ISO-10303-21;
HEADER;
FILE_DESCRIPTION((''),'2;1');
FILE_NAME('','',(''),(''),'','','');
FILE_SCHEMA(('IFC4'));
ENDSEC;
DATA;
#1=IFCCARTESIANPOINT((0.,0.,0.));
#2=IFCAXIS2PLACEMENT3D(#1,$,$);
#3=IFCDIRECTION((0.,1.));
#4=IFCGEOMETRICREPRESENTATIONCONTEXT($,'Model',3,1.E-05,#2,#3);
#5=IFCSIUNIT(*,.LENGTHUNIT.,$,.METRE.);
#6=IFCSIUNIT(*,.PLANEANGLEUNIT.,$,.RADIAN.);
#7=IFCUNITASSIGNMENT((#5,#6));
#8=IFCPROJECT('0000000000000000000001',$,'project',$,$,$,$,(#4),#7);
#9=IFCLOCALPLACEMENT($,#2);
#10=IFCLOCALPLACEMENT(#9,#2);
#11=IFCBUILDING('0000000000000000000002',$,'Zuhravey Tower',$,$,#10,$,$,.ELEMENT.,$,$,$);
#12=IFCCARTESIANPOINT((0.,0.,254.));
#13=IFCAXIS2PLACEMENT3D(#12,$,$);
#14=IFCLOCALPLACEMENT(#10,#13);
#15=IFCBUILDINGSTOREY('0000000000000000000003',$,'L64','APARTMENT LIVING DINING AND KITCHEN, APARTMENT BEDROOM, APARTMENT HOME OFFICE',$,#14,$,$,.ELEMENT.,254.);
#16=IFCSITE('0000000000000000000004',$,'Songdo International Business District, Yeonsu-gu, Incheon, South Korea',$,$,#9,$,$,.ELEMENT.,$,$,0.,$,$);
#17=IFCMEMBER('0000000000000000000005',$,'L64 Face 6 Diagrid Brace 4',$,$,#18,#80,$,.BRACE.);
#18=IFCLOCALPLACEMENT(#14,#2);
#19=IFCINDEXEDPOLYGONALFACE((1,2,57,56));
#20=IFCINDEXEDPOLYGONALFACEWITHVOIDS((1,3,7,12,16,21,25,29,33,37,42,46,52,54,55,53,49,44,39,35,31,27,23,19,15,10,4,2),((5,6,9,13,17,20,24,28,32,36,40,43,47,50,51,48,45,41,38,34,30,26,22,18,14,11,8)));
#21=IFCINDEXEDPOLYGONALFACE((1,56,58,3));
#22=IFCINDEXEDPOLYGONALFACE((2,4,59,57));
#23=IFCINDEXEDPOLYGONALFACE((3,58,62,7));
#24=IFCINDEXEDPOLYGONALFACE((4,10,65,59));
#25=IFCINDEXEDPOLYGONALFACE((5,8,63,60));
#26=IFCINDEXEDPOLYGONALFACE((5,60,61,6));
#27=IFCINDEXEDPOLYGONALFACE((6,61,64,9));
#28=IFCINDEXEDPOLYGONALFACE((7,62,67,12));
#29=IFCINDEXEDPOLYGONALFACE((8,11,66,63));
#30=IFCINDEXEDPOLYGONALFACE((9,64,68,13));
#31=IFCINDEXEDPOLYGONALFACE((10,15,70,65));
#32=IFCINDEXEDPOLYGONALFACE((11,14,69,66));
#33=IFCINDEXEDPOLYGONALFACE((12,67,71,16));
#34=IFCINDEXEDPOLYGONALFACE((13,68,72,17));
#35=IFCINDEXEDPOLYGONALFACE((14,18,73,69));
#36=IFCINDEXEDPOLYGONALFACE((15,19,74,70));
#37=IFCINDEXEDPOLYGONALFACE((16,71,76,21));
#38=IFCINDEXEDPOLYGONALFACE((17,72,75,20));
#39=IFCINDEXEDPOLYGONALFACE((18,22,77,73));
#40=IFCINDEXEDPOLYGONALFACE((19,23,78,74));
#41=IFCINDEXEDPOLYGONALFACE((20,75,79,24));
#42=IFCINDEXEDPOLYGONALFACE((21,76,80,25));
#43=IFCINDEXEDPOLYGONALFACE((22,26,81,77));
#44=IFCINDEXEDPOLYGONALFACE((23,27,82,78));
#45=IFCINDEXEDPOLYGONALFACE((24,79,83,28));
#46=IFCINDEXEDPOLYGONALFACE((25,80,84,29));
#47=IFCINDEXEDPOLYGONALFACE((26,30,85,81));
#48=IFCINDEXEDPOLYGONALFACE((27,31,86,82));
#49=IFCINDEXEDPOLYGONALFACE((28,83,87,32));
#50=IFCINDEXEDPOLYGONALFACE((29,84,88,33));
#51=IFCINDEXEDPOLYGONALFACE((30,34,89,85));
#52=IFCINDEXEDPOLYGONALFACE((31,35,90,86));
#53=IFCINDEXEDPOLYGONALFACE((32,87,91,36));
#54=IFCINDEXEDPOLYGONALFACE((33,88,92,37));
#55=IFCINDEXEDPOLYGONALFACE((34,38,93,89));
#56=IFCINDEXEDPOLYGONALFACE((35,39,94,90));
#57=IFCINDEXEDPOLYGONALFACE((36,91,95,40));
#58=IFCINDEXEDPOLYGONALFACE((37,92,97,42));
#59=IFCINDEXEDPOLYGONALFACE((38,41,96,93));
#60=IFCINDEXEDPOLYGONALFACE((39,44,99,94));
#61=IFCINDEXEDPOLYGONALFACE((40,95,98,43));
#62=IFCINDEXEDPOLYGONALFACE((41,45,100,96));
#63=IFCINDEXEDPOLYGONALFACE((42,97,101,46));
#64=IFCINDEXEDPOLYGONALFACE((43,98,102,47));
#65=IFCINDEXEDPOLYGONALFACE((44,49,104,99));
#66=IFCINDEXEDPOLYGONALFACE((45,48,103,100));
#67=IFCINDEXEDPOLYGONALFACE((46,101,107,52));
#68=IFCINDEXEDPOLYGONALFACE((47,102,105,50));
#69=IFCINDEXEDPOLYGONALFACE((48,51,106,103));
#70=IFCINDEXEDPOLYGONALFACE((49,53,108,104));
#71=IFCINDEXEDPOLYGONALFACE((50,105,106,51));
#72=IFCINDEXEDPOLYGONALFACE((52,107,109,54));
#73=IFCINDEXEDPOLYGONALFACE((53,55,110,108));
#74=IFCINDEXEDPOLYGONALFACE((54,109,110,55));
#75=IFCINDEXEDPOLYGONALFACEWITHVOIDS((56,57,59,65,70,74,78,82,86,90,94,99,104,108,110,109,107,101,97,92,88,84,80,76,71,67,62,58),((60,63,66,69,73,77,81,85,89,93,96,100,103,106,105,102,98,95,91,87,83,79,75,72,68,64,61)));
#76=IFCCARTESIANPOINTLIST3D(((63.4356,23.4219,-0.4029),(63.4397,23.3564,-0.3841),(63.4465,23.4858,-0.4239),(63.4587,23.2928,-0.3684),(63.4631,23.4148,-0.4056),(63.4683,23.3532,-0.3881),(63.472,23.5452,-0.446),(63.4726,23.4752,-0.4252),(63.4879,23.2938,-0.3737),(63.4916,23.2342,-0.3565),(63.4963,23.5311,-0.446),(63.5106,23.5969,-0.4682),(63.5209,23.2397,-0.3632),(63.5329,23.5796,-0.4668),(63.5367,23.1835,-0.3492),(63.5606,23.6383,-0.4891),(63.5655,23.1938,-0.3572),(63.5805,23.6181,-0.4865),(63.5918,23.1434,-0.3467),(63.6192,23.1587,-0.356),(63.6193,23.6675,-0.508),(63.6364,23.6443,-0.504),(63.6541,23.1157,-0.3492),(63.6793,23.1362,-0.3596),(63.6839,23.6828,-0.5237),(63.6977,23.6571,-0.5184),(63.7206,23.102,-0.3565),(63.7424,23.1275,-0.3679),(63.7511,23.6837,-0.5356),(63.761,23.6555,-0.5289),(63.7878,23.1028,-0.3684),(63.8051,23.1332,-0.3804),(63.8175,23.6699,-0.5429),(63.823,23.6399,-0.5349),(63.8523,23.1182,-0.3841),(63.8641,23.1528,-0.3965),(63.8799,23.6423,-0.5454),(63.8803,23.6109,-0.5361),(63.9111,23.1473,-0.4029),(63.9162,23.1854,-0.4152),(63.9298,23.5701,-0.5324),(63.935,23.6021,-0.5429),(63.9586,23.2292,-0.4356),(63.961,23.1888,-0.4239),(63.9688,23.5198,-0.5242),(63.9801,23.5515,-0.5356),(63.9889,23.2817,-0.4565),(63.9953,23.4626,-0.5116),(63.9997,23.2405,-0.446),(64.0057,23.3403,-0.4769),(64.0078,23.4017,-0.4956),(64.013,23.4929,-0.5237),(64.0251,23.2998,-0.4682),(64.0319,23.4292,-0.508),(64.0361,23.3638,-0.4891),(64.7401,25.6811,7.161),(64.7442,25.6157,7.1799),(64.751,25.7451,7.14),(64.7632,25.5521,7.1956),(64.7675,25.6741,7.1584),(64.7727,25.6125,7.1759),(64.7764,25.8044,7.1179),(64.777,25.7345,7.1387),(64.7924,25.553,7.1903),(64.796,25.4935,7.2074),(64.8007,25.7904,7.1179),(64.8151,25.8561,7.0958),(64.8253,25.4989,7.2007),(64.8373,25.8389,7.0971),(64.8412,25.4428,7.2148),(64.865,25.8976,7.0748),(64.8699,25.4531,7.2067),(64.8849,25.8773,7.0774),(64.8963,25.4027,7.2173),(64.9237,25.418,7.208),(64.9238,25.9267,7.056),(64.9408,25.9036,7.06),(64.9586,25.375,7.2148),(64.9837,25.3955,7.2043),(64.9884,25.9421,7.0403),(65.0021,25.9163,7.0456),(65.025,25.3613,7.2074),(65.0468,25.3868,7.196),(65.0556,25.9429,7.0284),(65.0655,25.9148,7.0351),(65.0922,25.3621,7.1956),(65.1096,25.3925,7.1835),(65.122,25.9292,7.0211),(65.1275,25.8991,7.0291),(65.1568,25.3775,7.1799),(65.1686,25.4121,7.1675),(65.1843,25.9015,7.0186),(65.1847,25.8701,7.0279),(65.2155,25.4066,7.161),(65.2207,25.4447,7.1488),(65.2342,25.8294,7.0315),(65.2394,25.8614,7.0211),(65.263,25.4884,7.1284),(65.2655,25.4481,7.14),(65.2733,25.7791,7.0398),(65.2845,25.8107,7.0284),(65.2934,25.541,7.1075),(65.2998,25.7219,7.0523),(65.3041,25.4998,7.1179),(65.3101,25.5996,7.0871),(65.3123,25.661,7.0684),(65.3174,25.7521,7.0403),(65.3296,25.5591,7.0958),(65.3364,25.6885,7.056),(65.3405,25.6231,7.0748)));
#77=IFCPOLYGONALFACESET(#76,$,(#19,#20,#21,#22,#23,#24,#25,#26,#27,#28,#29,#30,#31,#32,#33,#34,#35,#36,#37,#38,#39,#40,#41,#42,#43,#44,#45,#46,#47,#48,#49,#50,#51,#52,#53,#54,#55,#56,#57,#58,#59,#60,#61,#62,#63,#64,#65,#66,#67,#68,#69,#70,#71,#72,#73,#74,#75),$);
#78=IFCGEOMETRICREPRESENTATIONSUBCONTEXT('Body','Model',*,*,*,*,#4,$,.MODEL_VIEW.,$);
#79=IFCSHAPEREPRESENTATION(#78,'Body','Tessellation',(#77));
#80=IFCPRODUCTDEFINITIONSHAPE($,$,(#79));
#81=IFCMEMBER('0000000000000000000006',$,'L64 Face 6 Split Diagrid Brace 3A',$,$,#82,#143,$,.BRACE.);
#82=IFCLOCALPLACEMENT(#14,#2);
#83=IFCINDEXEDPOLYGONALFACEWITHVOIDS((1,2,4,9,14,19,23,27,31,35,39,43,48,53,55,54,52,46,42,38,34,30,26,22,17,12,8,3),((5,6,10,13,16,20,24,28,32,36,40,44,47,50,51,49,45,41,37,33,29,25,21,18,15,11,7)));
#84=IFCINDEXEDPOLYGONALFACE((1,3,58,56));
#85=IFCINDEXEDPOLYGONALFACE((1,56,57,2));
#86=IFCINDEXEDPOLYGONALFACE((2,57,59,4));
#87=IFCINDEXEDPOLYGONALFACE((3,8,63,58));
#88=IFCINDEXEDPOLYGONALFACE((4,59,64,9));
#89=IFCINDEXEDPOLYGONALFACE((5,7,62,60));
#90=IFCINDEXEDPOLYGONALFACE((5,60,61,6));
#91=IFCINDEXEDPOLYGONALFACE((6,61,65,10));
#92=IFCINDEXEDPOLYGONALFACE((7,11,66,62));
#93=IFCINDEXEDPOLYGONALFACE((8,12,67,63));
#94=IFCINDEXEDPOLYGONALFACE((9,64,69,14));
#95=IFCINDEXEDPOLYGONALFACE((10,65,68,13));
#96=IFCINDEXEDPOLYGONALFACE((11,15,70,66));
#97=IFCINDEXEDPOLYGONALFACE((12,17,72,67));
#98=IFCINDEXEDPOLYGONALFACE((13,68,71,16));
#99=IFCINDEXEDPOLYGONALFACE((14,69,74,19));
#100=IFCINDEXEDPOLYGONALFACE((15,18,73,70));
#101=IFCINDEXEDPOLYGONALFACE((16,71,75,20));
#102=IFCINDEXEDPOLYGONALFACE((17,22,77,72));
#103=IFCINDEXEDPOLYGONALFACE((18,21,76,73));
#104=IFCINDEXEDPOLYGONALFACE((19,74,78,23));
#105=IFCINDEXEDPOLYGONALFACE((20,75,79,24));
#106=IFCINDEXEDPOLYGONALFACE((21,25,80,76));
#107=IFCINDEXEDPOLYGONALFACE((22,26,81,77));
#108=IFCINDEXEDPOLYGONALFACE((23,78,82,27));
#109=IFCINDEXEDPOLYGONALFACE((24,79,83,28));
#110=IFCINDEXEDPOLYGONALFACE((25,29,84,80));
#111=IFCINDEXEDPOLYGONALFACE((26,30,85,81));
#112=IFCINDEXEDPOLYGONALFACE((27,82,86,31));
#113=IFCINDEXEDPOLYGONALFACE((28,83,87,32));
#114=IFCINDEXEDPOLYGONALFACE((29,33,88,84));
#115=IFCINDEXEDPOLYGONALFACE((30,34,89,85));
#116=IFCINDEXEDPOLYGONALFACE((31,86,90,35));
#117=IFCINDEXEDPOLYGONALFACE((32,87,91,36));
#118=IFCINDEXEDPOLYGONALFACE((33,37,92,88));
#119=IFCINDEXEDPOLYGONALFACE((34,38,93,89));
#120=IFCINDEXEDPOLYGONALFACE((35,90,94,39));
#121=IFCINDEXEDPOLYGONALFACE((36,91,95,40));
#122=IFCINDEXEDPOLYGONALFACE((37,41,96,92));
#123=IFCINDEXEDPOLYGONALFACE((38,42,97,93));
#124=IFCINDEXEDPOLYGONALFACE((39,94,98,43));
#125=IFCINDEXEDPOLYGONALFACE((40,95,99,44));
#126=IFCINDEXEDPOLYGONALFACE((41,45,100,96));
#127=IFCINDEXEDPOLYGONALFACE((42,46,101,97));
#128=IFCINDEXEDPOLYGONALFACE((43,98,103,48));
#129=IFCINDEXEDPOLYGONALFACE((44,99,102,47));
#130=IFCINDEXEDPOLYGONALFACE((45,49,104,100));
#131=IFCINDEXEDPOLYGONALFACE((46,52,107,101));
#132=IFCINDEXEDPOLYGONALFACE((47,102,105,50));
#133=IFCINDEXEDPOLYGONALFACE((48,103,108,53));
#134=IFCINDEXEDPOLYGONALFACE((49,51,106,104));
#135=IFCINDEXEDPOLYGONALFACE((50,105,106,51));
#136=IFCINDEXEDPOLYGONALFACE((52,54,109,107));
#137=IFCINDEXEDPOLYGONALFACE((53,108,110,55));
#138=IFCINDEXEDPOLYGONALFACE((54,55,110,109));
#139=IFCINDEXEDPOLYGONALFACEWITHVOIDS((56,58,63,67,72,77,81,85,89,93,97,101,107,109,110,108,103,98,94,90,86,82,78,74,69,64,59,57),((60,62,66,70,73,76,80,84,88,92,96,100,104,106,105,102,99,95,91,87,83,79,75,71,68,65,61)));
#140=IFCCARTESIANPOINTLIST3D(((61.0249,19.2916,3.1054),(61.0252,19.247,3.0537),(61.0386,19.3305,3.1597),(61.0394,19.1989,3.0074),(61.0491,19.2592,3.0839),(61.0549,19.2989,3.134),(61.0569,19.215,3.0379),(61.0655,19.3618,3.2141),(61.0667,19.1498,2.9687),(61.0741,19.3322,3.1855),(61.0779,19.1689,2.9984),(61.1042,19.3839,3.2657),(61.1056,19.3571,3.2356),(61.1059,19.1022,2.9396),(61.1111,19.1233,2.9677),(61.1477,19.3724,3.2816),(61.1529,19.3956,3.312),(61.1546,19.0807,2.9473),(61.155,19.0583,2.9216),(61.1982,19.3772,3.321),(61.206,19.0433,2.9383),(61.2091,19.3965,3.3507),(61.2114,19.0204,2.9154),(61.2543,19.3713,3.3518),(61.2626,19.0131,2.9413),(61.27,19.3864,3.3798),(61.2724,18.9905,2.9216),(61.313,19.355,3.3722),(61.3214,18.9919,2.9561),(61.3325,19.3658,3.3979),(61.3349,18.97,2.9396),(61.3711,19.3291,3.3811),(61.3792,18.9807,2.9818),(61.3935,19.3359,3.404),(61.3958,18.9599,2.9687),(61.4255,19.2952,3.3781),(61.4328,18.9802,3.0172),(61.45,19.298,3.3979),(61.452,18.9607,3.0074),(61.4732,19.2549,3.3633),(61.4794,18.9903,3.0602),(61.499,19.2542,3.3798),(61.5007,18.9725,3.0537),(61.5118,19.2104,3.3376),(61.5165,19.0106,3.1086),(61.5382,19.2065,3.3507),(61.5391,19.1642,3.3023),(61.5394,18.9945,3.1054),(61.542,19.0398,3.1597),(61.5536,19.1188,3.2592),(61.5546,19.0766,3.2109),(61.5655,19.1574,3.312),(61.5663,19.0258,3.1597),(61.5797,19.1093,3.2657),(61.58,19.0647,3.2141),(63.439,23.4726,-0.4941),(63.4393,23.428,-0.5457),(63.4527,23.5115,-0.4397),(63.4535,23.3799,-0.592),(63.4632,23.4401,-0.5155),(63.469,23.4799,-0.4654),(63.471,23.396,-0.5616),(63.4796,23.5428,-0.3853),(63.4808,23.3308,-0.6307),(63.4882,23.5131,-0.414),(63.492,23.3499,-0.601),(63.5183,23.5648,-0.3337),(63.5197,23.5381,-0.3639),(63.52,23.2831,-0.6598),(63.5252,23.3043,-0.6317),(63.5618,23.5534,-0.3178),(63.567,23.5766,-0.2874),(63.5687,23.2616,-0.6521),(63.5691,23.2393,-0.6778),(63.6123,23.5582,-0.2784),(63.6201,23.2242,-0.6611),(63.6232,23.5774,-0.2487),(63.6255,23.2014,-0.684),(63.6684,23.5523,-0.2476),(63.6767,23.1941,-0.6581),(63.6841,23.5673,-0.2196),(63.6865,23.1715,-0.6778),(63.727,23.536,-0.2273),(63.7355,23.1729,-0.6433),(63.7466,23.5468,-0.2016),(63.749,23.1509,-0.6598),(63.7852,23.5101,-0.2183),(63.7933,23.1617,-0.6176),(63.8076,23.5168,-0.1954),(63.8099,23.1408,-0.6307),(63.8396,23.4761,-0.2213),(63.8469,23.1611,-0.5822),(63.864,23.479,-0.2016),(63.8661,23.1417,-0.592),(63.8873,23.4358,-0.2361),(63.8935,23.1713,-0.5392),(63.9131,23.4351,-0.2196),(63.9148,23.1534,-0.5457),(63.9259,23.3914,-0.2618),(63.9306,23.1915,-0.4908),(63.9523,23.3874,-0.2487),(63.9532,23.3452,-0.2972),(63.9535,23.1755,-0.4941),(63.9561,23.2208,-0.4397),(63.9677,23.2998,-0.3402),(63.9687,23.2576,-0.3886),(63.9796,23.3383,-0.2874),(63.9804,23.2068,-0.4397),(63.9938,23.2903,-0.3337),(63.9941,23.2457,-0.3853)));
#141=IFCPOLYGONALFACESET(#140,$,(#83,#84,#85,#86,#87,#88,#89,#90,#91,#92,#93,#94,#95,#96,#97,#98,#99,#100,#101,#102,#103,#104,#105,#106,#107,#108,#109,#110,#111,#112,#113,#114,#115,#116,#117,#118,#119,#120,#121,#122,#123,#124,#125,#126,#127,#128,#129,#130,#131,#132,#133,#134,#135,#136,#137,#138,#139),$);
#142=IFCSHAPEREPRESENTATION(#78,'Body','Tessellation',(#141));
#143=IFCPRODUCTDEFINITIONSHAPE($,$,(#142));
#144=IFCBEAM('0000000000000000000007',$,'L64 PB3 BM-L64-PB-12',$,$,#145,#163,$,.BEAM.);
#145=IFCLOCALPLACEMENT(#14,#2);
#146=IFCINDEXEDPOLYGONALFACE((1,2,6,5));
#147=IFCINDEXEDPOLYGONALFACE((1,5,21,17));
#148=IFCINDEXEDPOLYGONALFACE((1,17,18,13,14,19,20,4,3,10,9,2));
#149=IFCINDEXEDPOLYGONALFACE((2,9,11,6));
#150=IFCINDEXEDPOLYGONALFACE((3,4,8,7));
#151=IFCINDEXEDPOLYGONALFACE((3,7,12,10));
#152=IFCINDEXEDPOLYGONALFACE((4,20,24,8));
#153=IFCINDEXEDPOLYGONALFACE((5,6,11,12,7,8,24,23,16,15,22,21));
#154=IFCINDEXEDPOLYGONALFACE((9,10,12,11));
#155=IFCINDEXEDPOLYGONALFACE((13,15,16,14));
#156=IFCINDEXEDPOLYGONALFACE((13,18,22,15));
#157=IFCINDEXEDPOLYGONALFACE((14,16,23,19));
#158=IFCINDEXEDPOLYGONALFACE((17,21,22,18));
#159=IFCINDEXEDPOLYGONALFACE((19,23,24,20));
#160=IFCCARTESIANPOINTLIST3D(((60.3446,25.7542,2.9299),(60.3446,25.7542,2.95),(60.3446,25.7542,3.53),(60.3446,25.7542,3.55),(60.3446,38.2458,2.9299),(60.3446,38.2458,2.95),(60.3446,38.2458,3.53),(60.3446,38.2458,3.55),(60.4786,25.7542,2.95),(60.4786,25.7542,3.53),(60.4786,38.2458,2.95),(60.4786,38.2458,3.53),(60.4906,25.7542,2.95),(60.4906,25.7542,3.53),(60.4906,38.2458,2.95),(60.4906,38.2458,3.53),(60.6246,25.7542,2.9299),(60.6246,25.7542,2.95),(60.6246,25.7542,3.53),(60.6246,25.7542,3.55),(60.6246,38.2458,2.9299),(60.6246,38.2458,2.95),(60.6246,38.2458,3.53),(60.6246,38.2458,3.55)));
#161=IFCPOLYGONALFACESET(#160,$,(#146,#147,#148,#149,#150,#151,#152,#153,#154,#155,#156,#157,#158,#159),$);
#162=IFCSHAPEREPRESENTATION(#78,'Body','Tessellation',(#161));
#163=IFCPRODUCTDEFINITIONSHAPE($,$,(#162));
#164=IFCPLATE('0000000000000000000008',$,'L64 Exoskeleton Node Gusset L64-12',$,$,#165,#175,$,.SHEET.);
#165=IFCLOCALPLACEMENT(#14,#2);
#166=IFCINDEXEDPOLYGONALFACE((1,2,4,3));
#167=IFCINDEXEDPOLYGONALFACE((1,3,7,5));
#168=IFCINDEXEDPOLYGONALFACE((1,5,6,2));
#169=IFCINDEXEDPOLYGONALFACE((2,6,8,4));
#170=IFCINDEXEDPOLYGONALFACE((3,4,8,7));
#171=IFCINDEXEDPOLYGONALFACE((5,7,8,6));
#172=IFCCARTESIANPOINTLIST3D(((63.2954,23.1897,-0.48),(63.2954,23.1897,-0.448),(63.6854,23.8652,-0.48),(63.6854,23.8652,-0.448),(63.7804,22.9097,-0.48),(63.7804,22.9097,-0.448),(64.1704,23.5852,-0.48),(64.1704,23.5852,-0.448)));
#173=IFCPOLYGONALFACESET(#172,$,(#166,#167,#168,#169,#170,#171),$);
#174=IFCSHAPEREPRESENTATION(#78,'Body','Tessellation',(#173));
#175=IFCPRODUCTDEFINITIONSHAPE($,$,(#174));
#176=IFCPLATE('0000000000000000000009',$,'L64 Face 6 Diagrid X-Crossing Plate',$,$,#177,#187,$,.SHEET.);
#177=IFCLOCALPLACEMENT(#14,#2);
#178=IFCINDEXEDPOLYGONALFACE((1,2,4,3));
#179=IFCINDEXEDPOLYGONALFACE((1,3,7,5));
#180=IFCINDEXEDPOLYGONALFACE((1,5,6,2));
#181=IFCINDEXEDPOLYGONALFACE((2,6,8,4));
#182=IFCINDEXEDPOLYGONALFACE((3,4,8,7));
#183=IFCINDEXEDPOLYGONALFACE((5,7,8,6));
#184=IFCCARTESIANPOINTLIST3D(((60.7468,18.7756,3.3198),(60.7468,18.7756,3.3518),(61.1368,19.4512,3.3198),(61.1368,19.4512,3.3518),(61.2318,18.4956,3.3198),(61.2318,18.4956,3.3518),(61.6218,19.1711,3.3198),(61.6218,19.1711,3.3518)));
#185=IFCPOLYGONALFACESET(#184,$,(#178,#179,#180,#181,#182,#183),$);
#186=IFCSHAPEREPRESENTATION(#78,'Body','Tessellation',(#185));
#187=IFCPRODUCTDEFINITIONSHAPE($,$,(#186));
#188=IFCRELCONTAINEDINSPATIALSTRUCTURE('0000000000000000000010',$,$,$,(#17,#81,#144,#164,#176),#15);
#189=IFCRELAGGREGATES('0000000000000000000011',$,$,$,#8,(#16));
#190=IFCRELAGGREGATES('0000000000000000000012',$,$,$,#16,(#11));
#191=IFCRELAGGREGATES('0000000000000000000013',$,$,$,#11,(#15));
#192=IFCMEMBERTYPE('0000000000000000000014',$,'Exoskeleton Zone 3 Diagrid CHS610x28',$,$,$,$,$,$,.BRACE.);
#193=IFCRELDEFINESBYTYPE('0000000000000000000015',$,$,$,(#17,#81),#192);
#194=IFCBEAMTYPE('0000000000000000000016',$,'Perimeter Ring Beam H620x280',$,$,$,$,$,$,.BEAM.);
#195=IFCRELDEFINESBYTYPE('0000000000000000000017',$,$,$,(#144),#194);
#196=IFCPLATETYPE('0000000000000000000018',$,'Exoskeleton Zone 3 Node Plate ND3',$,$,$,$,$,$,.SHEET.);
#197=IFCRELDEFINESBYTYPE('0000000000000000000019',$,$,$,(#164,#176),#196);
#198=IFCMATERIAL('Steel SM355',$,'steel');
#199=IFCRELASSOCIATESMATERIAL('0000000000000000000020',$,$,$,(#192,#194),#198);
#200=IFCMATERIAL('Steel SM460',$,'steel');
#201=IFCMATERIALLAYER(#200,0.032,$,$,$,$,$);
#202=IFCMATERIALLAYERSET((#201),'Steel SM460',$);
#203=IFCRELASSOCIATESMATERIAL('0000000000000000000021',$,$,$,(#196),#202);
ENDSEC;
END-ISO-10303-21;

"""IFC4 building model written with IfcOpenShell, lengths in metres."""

from ifc_helpers import new_model, si_unit, direction, frame, origin, origin_2d, place, context, subcontext, project, spatial, rectangle, hollow_circle, i_section, extrude, material, layer, layer_set, material_profile, profile_set, type_object, element, save


model = new_model("IFC4")

# Units and contexts
model_context = context("Model", 3, precision=1e-05, world=origin(), true_north=direction((0.0, 1.0)))
body_context = subcontext(model_context, "Body", "Model", "MODEL_VIEW")
ifc_project = project(units=[si_unit("LENGTHUNIT", "METRE"), si_unit("PLANEANGLEUNIT", "RADIAN")], contexts=[model_context])

# Site, building, storey
site_placement = place(None, origin())
site = spatial("IfcSite", under=ifc_project, at=site_placement, Name="Songdo International Business District, Yeonsu-gu, Incheon, South Korea", CompositionType="ELEMENT", RefElevation=0.0)
building_placement = place(site_placement, origin())
building = spatial("IfcBuilding", under=site, at=building_placement, Name="Zuhravey Tower", CompositionType="ELEMENT")
storey_placement = place(building_placement, frame((0.0, 0.0, 254.0)))
storey = spatial("IfcBuildingStorey", under=building, at=storey_placement, Name="L64", Description="APARTMENT LIVING DINING AND KITCHEN, APARTMENT BEDROOM, APARTMENT HOME OFFICE", CompositionType="ELEMENT", Elevation=254.0)

# Members
ifc_material_1 = material(Name="Steel SM355", Category="steel")
ifc_material_profile_1 = material_profile(ifc_material_1, hollow_circle(Radius=0.3047, WallThickness=0.0281, at=origin_2d()), Name="CHS-609.6x28")
ifc_profile_set_1 = profile_set([ifc_material_profile_1], Name="Steel SM355")
member_type_1 = type_object("IfcMemberType", Name="Exoskeleton Zone 3 Diagrid CHS610x28", PredefinedType="BRACE", material=ifc_profile_set_1)
member_1_placement = place(storey_placement, frame((63.7358, 23.3928, -0.446), z_axis=(0.163031, 0.282367, 0.945352), x_axis=(-0.866017, 0.500014, 0.0)))
element("IfcMember", 1, at=member_1_placement, inside=storey, type_object=member_type_1, Name="L64 Face 6 Diagrid Brace 4", PredefinedType="BRACE", context=body_context, shape_type="SweptSolid", body=[
    extrude(hollow_circle(Radius=0.3047, WallThickness=0.0281, at=origin_2d()), origin(), (0.0, 0.0, 1.0), 8.0012),
])
member_2_placement = place(storey_placement, frame((63.7166, 23.3591, -0.4397), z_axis=(-0.400881, -0.694285, 0.597714), x_axis=(0.866006, -0.500033, 0.0)))
element("IfcMember", 2, at=member_2_placement, inside=storey, type_object=member_type_1, Name="L64 Face 6 Split Diagrid Brace 3A", PredefinedType="BRACE", context=body_context, shape_type="SweptSolid", body=[
    extrude(hollow_circle(Radius=0.3047, WallThickness=0.0281, at=origin_2d()), origin(), (0.0, 0.0, 1.0), 6.022),
])

# Beam
ifc_material_profile_2 = material_profile(ifc_material_1, i_section(OverallWidth=0.28, OverallDepth=0.6201, WebThickness=0.012, FlangeThickness=0.02, at=origin_2d()), Name="H-620x280x12x20")
ifc_profile_set_2 = profile_set([ifc_material_profile_2], Name="Steel SM355")
beam_type = type_object("IfcBeamType", Name="Perimeter Ring Beam H620x280", PredefinedType="BEAM", material=ifc_profile_set_2)
beam_placement = place(storey_placement, frame((60.4846, 25.7542, 3.24), z_axis=(0.0, 1.0, 0.0), x_axis=(-1.0, 0.0, 0.0)))
element("IfcBeam", 3, at=beam_placement, inside=storey, type_object=beam_type, Name="L64 PB3 BM-L64-PB-12", PredefinedType="BEAM", context=body_context, shape_type="SweptSolid", body=[
    extrude(i_section(OverallWidth=0.28, OverallDepth=0.6201, WebThickness=0.012, FlangeThickness=0.02, at=origin_2d()), origin(), (0.0, 0.0, 1.0), 12.4917),
])

# Plates
ifc_material_2 = material(Name="Steel SM460", Category="steel")
ifc_layer_1 = layer(ifc_material_2, 0.032)
ifc_layer_set_1 = layer_set([ifc_layer_1], Name="Steel SM460")
plate_type_1 = type_object("IfcPlateType", Name="Exoskeleton Zone 3 Node Plate ND3", PredefinedType="SHEET", material=ifc_layer_set_1)
for number, where, z_axis, x_axis, name in (
    (4, (63.7329, 23.3875, -0.48), (0.0, 0.0, 1.0), (0.5, 0.866025, 0.0), "L64 Exoskeleton Node Gusset L64-12"),
    (5, (61.1843, 18.9734, 3.3198), (0.0, 0.0, 1.0), (0.5, 0.866025, 0.0), "L64 Face 6 Diagrid X-Crossing Plate"),
):
    element("IfcPlate", number, at=place(storey_placement, frame(where, z_axis=z_axis, x_axis=x_axis)), inside=storey, type_object=plate_type_1, Name=name, PredefinedType="SHEET", context=body_context, shape_type="SweptSolid", body=[
        extrude(rectangle(XDim=0.78, YDim=0.5601, at=origin_2d()), origin(), (0.0, 0.0, 1.0), 0.032),
    ])

save(model, "model.ifc")
